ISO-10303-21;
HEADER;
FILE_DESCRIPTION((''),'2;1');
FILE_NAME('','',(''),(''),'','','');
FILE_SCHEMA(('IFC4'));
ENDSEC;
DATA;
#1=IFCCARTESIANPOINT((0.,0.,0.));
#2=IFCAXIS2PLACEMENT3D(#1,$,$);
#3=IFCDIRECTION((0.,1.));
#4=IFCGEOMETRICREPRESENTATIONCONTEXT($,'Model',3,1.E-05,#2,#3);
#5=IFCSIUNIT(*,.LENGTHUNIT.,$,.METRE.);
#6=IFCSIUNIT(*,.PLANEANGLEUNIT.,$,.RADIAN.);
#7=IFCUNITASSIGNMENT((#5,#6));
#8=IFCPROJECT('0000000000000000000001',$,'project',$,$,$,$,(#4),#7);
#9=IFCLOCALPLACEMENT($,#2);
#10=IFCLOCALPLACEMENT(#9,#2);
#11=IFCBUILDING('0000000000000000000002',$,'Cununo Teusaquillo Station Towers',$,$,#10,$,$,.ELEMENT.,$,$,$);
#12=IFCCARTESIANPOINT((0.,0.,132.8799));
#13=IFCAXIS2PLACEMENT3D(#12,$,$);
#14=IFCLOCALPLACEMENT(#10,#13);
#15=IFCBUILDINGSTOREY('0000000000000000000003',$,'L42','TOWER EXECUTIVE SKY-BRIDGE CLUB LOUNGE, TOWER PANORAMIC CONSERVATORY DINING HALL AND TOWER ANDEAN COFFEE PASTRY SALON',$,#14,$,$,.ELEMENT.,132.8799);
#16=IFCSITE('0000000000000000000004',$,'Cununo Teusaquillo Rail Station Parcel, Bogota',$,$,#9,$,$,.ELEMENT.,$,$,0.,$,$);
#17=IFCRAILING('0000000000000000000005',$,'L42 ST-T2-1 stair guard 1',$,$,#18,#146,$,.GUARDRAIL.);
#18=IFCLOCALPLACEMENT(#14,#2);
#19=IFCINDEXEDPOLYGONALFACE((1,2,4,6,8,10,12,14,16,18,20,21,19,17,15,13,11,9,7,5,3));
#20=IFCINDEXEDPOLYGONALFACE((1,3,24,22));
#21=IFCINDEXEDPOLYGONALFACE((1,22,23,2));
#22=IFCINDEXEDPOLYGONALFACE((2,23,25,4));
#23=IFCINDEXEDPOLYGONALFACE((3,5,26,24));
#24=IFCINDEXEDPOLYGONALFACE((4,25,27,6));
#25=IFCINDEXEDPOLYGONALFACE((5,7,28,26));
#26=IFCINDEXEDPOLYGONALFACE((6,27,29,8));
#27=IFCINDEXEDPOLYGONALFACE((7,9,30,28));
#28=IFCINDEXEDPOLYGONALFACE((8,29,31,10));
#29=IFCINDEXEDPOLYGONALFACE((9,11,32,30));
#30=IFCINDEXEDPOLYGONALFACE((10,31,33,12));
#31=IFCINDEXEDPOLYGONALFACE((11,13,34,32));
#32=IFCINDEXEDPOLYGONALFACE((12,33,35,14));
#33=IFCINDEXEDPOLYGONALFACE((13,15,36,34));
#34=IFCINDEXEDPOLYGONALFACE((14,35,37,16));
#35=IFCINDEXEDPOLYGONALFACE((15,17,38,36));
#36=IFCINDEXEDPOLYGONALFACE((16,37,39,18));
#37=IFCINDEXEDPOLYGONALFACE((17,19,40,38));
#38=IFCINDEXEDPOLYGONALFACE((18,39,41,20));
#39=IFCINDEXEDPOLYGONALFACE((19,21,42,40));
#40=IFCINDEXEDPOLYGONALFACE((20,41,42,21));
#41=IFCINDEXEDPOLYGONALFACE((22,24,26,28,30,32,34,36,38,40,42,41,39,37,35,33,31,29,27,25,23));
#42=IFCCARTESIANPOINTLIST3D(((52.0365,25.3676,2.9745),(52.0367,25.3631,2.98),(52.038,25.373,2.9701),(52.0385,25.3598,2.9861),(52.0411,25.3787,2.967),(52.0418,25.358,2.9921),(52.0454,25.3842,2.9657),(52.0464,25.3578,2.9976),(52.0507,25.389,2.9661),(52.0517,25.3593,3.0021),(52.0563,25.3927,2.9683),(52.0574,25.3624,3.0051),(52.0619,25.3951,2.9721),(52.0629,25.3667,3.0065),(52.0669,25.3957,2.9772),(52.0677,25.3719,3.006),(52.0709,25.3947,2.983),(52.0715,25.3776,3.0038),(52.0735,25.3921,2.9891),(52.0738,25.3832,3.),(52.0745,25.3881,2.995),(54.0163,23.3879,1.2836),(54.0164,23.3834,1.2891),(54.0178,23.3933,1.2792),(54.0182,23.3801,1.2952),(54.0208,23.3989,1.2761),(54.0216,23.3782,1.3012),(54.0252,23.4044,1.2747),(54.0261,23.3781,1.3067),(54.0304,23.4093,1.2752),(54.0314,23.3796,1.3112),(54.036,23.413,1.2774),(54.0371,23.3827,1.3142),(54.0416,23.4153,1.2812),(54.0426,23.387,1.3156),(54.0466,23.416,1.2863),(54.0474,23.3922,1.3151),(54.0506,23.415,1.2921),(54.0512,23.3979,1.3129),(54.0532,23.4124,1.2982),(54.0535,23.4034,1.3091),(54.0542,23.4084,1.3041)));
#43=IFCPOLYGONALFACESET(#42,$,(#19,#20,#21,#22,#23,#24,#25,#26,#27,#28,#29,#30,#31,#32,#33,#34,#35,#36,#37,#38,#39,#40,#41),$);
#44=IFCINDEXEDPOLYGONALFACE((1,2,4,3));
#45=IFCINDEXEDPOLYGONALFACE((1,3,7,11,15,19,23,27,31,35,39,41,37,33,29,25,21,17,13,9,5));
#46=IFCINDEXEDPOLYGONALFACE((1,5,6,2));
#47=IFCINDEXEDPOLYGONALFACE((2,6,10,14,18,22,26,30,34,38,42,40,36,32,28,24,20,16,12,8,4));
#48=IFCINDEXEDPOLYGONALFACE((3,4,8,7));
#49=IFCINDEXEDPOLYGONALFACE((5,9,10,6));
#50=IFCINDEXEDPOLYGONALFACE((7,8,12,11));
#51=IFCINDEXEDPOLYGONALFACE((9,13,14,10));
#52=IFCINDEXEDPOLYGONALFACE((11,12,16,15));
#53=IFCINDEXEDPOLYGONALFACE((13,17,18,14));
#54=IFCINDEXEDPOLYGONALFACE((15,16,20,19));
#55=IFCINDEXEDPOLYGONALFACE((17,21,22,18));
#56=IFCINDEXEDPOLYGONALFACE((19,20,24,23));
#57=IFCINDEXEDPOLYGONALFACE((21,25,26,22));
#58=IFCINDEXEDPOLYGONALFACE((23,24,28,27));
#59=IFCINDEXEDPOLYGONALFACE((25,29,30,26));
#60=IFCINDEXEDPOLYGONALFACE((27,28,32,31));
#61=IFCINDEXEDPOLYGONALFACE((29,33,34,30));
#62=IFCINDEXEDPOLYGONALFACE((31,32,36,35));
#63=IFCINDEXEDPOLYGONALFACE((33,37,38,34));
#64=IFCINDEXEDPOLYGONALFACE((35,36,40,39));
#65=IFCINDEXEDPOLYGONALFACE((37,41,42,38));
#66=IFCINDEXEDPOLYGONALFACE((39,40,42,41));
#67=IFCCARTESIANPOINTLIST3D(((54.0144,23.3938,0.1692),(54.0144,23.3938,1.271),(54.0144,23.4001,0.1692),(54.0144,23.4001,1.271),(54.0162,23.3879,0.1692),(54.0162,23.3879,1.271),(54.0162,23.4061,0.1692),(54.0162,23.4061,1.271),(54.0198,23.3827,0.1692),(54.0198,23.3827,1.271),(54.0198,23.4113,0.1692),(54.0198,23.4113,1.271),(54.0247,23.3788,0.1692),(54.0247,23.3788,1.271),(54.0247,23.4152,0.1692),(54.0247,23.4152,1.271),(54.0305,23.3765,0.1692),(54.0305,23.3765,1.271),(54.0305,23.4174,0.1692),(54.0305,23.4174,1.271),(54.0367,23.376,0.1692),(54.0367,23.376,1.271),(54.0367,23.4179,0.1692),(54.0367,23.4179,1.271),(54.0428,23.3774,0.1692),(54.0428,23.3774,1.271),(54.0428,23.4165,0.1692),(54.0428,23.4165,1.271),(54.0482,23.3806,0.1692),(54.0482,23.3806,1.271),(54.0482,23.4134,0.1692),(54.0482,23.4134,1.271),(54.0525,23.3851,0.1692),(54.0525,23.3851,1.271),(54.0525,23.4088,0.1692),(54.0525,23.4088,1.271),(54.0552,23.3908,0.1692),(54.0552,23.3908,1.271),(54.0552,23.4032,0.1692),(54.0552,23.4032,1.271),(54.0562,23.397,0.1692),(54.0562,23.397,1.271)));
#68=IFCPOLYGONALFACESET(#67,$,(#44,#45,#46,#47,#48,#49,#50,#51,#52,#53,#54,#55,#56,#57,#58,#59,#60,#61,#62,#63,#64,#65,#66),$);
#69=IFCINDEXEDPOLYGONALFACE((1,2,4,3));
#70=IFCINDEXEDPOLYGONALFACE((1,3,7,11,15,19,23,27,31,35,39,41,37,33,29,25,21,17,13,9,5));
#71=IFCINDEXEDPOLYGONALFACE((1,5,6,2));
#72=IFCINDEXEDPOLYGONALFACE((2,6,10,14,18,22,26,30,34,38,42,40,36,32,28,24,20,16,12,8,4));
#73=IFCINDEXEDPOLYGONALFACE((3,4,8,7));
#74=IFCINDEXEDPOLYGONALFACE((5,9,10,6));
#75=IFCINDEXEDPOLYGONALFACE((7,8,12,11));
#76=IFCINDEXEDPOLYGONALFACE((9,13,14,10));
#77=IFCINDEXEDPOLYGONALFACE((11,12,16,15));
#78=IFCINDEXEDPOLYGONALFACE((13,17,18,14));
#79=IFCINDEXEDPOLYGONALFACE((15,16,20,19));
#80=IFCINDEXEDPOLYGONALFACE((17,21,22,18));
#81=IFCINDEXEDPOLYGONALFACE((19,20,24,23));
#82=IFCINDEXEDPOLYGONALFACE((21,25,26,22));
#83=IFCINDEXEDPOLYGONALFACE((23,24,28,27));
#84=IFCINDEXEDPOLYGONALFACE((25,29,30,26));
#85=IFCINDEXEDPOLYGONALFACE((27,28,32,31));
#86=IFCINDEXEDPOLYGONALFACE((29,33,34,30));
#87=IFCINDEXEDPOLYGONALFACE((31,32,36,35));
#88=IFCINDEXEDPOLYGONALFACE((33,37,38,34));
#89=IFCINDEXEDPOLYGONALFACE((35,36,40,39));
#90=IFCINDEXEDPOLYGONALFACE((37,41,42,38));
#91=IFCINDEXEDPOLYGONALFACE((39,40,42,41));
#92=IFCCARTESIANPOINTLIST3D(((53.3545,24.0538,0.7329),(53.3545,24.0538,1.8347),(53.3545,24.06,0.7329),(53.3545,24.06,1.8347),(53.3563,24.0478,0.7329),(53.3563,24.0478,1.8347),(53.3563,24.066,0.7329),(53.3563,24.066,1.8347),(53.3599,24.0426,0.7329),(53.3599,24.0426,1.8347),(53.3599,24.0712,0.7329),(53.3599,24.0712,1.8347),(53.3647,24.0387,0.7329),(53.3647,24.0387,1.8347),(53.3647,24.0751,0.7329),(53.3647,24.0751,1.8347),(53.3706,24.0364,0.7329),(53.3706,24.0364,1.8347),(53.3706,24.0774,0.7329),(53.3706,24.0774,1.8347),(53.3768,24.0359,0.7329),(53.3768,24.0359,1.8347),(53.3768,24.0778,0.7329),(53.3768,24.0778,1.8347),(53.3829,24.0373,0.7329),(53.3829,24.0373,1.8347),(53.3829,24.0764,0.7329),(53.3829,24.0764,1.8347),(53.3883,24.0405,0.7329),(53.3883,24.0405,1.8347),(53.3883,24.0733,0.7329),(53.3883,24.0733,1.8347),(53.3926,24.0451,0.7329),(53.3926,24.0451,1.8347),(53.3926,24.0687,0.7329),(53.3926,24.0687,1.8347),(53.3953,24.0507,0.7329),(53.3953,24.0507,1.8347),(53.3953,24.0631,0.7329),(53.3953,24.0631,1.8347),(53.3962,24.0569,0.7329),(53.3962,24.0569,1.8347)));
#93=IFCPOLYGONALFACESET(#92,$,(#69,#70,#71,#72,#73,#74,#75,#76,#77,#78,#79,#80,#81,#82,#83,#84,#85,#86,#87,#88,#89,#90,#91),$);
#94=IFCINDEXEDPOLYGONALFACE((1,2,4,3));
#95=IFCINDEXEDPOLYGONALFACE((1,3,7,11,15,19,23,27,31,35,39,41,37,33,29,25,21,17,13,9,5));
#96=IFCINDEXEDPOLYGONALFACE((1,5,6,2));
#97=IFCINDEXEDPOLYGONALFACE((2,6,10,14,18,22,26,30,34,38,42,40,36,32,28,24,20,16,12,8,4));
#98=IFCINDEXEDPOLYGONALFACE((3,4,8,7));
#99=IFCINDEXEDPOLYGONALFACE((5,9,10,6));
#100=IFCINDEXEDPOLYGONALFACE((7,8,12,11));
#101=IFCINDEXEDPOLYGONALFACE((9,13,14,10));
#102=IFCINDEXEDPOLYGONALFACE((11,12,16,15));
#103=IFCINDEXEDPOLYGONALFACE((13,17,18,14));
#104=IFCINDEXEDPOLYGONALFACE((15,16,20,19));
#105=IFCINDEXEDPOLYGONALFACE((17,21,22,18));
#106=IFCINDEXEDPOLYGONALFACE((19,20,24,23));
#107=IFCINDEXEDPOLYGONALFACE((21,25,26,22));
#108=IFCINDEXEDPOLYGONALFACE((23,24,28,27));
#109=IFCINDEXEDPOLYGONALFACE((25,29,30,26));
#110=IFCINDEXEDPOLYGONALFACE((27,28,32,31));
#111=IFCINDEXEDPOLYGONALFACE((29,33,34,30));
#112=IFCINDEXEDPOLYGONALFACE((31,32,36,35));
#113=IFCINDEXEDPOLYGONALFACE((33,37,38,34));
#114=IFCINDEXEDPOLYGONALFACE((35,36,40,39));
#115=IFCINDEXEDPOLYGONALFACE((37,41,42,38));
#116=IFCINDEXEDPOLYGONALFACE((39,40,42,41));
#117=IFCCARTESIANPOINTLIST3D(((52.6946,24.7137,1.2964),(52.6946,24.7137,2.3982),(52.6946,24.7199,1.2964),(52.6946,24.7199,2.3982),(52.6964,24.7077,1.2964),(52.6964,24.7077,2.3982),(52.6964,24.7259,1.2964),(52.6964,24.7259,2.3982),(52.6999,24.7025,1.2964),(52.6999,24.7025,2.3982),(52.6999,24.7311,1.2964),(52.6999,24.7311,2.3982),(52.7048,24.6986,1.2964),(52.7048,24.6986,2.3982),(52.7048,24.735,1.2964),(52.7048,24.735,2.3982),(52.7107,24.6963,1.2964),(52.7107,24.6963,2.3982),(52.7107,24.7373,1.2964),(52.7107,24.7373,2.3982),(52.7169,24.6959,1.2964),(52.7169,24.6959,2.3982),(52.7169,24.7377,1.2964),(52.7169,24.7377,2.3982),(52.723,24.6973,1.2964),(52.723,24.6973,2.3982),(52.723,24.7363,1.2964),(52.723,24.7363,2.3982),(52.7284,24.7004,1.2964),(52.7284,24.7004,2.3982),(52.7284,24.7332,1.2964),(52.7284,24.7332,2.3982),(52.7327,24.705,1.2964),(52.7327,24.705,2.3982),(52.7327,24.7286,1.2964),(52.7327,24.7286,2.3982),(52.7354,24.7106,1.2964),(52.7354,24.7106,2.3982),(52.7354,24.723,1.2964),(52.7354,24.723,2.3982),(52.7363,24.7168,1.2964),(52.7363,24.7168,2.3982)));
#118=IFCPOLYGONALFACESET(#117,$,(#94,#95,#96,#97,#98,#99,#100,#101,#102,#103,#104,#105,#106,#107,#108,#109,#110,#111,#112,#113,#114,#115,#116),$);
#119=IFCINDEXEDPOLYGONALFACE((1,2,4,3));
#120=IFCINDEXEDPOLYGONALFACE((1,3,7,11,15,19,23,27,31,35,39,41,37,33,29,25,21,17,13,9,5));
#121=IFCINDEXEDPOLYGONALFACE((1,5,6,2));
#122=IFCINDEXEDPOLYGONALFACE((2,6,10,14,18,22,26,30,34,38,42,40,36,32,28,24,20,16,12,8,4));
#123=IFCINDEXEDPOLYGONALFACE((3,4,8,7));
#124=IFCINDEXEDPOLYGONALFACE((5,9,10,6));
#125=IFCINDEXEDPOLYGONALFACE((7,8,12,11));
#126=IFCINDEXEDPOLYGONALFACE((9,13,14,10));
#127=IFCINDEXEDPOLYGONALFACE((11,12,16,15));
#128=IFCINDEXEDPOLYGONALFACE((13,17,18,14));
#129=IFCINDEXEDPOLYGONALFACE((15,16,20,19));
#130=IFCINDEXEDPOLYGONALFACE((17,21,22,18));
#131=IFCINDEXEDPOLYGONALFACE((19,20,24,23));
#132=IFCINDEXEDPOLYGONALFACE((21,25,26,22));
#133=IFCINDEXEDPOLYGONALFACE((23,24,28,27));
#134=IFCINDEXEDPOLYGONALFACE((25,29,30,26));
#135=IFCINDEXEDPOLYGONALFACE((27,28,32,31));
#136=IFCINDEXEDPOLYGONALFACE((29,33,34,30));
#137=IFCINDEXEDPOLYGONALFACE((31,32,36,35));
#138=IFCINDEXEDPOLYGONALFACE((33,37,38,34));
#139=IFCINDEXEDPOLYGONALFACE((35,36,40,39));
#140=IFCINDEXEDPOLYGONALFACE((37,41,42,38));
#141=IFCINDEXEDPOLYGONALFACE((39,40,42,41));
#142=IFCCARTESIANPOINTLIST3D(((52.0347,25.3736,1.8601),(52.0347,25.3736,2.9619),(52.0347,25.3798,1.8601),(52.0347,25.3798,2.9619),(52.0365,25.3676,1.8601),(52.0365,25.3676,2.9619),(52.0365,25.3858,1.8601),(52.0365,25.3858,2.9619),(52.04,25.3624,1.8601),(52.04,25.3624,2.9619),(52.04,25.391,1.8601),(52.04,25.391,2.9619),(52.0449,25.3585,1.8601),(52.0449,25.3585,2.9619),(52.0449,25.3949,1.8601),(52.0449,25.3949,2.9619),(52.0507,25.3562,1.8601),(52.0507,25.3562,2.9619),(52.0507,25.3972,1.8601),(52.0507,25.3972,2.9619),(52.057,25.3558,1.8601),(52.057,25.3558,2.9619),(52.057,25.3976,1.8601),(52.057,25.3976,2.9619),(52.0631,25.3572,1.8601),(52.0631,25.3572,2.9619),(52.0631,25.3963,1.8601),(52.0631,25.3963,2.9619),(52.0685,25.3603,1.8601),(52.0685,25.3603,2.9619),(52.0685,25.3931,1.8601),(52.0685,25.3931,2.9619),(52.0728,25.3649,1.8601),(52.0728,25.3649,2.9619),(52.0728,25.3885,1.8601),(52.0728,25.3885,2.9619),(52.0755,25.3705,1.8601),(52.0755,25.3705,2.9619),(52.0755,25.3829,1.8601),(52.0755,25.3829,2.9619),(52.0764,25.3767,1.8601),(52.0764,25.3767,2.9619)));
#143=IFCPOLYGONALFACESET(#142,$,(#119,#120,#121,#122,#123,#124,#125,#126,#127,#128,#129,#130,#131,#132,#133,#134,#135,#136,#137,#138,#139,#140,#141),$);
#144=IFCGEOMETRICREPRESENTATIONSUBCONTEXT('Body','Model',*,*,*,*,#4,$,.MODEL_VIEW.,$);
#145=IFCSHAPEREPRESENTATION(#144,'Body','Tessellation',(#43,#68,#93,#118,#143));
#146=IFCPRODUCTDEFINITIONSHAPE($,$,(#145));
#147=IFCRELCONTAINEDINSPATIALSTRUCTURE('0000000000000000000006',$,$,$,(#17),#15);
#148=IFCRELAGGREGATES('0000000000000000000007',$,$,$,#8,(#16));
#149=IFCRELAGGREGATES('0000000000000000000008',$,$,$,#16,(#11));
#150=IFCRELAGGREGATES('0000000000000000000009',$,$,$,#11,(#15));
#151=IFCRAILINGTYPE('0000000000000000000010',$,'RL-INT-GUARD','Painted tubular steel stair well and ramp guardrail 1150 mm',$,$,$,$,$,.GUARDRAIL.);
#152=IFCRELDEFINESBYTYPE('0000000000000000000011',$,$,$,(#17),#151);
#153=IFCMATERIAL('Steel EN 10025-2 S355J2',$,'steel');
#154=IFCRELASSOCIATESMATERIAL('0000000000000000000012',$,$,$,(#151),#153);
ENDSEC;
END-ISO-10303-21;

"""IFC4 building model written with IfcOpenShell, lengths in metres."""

from ifc_helpers import new_model, si_unit, direction, frame, origin, origin_2d, place, context, subcontext, project, spatial, circle, extrude, material, type_object, element, save


model = new_model("IFC4")

# Units and contexts
model_context = context("Model", 3, precision=1e-05, world=origin(), true_north=direction((0.0, 1.0)))
body_context = subcontext(model_context, "Body", "Model", "MODEL_VIEW")
ifc_project = project(units=[si_unit("LENGTHUNIT", "METRE"), si_unit("PLANEANGLEUNIT", "RADIAN")], contexts=[model_context])

# Site, building, storey
site_placement = place(None, origin())
site = spatial("IfcSite", under=ifc_project, at=site_placement, Name="Cununo Teusaquillo Rail Station Parcel, Bogota", CompositionType="ELEMENT", RefElevation=0.0)
building_placement = place(site_placement, origin())
building = spatial("IfcBuilding", under=site, at=building_placement, Name="Cununo Teusaquillo Station Towers", CompositionType="ELEMENT")
storey_placement = place(building_placement, frame((0.0, 0.0, 132.8799)))
storey = spatial("IfcBuildingStorey", under=building, at=storey_placement, Name="L42", Description="TOWER EXECUTIVE SKY-BRIDGE CLUB LOUNGE, TOWER PANORAMIC CONSERVATORY DINING HALL AND TOWER ANDEAN COFFEE PASTRY SALON", CompositionType="ELEMENT", Elevation=132.8799)

# Railing
ifc_material_1 = material(Name="Steel EN 10025-2 S355J2", Category="steel")
railing_type_1 = type_object("IfcRailingType", Name="RL-INT-GUARD", Description="Painted tubular steel stair well and ramp guardrail 1150 mm", PredefinedType="GUARDRAIL", material=ifc_material_1)
railing_1_placement = place(storey_placement, frame((54.0352, 23.397, 0.1692)))
element("IfcRailing", 1, at=railing_1_placement, inside=storey, type_object=railing_type_1, Name="L42 ST-T2-1 stair guard 1", PredefinedType="GUARDRAIL", context=body_context, shape_type="SweptSolid", body=[
    extrude(circle(Radius=0.0239, at=origin_2d()), frame((0.0, 0.0, 1.126), z_axis=(-0.605282, 0.605282, 0.516979), x_axis=(-0.707107, -0.707107, 0.0)), (0.0, 0.0, 1.0), 3.2708),
    extrude(circle(Radius=0.021, at=origin_2d()), origin(), (0.0, 0.0, 1.0), 1.1018),
    extrude(circle(Radius=0.021, at=origin_2d()), frame((-0.6599, 0.6599, 0.5637)), (0.0, 0.0, 1.0), 1.1018),
    extrude(circle(Radius=0.021, at=origin_2d()), frame((-1.3198, 1.3198, 1.1272)), (0.0, 0.0, 1.0), 1.1018),
    extrude(circle(Radius=0.021, at=origin_2d()), frame((-1.9797, 1.9797, 1.6909)), (0.0, 0.0, 1.0), 1.1018),
])

save(model, "model.ifc")
